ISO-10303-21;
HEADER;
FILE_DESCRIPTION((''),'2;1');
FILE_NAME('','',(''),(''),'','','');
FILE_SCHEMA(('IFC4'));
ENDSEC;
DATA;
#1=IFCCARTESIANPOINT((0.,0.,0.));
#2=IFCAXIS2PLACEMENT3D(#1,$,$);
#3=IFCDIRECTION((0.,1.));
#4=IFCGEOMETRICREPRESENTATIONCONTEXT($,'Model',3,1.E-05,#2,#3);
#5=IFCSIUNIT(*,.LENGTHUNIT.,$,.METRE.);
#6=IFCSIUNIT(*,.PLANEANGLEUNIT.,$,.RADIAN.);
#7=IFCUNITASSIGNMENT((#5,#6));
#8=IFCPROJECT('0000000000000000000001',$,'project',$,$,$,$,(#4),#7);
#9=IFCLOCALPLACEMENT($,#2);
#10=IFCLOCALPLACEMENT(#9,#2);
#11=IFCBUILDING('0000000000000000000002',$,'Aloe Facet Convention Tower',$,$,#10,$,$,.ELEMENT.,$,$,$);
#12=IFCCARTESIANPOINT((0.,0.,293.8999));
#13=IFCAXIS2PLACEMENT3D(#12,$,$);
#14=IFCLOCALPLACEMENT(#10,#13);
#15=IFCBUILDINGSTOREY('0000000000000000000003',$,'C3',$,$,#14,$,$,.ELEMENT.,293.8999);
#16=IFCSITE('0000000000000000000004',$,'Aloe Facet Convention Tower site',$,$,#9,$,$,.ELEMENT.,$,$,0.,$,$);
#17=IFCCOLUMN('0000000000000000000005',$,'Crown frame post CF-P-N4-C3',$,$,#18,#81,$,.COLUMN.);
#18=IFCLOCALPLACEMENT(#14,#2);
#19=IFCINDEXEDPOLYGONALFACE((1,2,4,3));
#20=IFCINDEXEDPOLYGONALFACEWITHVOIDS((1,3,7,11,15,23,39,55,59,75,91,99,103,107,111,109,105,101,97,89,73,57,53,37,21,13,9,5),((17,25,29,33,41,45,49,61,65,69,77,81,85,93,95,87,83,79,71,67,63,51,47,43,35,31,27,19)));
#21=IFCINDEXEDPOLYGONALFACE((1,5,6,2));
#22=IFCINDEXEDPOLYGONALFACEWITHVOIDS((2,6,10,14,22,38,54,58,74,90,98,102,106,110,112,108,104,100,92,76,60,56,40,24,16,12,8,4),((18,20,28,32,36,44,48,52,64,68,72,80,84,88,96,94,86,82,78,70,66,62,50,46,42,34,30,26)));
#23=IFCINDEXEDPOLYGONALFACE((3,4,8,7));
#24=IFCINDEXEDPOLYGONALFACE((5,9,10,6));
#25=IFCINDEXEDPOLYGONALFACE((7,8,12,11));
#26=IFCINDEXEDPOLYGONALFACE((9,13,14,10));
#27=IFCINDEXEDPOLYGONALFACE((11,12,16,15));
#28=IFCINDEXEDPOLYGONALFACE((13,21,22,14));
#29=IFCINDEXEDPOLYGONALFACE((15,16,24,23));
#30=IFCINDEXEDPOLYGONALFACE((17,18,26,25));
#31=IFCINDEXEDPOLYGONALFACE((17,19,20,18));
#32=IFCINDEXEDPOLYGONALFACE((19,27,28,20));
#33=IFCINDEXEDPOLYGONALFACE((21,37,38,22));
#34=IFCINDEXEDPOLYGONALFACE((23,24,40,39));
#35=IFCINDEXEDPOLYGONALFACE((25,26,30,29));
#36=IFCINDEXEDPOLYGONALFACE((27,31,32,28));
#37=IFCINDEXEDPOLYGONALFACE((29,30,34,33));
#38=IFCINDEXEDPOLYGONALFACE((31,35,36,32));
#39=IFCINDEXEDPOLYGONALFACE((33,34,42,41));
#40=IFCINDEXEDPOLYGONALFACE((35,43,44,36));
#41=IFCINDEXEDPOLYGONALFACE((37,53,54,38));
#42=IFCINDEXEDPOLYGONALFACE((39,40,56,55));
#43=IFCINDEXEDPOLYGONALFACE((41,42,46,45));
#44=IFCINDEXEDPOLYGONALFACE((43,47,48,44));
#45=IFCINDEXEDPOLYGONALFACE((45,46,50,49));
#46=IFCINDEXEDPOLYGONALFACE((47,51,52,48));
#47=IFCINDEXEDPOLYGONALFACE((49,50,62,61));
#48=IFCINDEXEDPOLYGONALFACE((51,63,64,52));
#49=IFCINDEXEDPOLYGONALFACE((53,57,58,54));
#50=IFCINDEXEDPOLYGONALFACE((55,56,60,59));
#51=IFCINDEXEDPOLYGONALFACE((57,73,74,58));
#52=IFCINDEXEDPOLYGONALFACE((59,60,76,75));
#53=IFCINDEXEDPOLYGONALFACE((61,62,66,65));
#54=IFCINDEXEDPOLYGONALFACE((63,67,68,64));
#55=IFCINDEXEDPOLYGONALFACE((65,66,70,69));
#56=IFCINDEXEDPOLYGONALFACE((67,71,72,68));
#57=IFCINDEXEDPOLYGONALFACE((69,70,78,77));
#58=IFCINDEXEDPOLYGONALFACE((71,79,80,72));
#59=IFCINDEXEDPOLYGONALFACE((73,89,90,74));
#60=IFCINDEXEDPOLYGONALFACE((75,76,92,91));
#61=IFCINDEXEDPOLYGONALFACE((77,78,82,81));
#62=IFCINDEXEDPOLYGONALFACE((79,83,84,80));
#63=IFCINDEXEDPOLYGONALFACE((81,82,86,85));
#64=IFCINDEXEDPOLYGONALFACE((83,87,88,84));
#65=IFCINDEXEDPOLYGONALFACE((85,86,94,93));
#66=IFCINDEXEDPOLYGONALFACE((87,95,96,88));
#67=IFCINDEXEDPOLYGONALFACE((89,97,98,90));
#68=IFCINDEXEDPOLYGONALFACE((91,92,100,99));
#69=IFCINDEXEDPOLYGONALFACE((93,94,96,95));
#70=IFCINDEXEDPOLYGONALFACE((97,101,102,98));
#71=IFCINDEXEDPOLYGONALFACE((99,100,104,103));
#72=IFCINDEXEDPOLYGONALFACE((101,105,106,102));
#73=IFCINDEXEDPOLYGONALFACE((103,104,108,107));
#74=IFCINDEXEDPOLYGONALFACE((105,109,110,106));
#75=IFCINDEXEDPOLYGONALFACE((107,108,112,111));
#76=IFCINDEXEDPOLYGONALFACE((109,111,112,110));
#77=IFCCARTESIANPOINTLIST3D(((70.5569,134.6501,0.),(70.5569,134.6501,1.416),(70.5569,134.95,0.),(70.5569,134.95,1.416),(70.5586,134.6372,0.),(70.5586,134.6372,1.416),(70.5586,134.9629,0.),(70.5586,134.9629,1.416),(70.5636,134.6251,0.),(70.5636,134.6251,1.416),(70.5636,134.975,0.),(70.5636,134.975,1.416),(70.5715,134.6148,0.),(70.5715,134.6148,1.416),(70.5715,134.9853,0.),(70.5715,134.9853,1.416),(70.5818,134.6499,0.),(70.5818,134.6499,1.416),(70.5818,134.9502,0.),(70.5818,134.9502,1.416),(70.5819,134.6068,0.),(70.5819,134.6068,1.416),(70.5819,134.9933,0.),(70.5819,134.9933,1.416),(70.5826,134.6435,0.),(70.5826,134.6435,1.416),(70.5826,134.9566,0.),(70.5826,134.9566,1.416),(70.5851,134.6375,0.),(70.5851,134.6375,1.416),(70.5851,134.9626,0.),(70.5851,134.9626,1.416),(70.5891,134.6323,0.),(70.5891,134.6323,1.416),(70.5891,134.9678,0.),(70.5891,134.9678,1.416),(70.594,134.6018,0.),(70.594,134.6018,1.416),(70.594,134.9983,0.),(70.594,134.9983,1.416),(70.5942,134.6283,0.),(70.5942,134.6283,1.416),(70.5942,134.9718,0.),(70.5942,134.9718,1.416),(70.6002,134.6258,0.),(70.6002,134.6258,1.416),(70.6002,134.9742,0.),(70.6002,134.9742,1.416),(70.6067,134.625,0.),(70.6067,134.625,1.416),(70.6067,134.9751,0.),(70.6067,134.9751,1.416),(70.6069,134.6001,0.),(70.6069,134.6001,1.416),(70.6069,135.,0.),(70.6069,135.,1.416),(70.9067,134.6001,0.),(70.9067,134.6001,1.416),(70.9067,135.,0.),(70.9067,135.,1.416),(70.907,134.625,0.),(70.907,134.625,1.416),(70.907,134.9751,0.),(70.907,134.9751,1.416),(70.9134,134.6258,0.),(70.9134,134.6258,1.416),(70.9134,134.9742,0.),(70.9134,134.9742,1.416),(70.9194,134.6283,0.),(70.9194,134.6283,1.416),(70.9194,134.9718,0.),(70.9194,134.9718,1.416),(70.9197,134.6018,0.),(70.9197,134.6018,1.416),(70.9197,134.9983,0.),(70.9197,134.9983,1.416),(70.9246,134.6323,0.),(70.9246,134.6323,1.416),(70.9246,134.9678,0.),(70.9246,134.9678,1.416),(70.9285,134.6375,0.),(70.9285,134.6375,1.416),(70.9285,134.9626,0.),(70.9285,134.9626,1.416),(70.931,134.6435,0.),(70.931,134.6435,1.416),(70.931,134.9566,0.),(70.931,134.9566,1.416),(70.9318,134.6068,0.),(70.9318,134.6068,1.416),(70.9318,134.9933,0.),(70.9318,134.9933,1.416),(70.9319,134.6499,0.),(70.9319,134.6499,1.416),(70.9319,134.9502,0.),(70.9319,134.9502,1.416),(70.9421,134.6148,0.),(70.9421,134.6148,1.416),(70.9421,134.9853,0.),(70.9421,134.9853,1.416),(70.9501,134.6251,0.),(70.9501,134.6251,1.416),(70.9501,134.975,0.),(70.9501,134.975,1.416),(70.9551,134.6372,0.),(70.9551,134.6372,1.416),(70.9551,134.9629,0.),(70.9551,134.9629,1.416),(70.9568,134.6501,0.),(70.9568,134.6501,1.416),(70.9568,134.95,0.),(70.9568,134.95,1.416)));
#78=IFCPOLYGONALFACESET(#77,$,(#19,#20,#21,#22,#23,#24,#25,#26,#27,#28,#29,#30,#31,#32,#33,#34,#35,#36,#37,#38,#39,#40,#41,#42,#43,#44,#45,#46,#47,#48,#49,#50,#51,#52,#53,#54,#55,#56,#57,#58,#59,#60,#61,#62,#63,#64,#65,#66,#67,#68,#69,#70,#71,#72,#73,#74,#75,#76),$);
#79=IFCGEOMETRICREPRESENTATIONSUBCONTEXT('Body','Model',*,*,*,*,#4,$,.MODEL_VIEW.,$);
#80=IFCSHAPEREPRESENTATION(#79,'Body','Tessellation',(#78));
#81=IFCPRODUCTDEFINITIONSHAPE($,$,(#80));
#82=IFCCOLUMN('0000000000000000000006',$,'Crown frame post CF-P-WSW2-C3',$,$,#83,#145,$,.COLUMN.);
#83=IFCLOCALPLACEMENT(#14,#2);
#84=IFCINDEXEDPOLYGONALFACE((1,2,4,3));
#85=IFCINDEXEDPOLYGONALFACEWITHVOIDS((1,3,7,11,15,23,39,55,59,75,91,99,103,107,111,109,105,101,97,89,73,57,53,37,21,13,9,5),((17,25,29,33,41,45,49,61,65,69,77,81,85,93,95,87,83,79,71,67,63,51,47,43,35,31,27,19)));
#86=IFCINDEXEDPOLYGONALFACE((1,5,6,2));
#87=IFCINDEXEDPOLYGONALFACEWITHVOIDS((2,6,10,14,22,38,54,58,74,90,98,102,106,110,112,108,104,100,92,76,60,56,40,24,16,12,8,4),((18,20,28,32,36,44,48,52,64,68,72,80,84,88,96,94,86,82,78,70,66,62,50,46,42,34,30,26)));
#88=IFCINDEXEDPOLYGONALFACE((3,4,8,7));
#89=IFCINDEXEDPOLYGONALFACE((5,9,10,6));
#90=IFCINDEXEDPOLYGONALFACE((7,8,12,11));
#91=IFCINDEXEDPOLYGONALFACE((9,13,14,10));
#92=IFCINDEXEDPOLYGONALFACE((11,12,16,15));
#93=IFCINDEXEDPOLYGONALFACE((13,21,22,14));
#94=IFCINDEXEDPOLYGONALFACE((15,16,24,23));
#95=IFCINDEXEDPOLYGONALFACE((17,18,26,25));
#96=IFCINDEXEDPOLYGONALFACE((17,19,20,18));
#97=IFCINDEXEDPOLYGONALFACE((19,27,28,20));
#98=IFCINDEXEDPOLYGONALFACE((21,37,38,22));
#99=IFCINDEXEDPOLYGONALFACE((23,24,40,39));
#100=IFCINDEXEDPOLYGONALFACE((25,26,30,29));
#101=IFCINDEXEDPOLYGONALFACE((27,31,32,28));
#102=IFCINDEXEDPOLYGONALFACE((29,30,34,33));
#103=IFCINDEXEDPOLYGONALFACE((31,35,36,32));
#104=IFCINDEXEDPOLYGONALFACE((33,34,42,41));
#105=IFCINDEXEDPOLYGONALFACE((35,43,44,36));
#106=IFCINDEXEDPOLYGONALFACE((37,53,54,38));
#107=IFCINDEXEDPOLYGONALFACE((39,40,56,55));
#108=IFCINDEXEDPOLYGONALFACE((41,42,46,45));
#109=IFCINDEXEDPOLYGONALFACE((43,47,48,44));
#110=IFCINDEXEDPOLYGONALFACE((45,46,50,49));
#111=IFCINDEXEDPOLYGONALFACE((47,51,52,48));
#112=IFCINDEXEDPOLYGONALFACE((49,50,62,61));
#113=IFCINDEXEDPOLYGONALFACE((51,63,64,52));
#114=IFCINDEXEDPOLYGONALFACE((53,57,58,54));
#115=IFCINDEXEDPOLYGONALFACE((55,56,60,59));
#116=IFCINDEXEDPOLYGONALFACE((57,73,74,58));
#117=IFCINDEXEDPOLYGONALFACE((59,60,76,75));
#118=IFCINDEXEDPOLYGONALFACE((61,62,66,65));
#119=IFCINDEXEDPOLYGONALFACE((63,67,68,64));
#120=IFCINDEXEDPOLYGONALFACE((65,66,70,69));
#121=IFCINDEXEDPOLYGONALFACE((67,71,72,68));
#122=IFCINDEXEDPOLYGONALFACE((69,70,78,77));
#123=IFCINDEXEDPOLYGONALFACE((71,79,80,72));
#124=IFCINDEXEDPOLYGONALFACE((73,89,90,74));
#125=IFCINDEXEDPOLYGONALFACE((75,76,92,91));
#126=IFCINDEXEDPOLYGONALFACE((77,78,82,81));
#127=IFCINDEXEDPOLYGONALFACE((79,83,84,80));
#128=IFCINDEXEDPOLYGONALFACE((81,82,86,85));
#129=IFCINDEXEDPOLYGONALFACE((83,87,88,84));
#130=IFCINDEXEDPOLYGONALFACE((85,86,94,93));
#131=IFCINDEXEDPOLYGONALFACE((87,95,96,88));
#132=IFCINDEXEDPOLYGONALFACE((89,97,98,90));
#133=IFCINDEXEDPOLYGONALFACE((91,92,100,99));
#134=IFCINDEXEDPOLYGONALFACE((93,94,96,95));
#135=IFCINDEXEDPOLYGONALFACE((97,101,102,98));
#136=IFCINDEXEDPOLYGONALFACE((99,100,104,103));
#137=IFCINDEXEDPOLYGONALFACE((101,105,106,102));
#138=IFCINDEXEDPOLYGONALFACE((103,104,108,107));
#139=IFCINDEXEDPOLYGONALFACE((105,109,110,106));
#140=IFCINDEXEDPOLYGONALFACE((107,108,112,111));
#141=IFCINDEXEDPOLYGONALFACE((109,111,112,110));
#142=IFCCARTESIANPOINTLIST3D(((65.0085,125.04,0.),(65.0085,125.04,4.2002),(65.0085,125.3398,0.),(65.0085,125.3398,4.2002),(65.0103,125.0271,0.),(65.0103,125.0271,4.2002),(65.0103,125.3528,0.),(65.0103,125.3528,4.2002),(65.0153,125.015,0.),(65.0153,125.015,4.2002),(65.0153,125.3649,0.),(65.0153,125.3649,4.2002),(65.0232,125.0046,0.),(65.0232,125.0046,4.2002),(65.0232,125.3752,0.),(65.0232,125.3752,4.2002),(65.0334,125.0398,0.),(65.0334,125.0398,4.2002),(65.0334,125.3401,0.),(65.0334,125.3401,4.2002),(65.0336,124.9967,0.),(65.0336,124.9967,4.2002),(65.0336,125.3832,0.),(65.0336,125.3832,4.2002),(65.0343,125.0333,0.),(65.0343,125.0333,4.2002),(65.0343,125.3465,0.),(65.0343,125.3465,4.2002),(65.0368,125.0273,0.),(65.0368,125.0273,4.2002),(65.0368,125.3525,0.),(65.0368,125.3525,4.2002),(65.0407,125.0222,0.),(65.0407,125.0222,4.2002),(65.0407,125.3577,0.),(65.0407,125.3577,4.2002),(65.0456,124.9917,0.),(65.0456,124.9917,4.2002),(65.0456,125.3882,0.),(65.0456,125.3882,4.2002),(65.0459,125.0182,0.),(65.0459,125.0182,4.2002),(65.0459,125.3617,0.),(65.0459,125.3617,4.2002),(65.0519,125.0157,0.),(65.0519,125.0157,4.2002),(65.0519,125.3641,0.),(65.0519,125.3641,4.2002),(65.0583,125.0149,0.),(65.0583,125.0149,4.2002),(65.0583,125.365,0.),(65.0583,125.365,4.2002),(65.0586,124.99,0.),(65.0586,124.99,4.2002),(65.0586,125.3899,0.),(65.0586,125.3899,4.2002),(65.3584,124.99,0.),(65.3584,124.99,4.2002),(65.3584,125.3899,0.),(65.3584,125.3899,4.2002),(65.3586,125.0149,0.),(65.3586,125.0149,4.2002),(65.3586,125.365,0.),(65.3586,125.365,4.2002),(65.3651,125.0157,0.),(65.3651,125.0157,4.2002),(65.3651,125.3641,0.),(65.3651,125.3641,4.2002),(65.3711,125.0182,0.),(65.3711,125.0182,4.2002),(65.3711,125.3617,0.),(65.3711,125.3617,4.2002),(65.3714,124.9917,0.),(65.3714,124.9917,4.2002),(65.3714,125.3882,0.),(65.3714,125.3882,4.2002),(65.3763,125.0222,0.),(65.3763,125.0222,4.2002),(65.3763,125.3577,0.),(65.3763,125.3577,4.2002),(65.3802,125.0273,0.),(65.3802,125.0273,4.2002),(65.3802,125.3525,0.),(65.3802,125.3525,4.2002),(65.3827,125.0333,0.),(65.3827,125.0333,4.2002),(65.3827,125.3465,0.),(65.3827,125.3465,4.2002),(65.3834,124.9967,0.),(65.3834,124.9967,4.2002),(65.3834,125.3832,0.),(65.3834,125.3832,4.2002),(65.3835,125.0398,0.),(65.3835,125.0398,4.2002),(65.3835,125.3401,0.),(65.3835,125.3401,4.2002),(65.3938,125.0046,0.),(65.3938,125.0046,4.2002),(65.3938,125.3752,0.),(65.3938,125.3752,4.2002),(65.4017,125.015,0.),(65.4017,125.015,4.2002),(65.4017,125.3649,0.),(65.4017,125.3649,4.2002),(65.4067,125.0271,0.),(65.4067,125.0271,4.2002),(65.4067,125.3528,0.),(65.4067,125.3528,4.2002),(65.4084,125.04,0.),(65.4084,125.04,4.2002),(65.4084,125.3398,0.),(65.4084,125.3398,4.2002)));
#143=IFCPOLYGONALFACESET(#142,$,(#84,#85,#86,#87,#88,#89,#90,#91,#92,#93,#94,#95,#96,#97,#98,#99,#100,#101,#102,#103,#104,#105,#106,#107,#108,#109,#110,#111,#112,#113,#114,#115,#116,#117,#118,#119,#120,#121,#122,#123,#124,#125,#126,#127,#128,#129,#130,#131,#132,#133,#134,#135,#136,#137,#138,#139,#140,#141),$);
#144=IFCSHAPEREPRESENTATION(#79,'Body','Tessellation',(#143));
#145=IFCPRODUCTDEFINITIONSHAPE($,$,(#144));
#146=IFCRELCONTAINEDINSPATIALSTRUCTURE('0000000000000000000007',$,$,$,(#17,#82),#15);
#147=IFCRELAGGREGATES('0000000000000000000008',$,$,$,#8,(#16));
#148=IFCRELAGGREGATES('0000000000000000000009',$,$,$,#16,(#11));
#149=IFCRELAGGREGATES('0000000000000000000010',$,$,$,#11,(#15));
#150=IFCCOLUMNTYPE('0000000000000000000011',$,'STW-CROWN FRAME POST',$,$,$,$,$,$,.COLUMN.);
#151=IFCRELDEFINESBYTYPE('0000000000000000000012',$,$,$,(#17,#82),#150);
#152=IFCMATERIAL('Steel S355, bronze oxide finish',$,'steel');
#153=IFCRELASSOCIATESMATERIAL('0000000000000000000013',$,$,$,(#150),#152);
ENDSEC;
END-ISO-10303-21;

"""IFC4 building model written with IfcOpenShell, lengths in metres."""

from ifc_helpers import new_model, si_unit, direction, frame, origin, origin_2d, place, context, subcontext, project, spatial, hollow_rectangle, extrude, material, material_profile, profile_set, type_object, element, save


model = new_model("IFC4")

# Units and contexts
model_context = context("Model", 3, precision=1e-05, world=origin(), true_north=direction((0.0, 1.0)))
body_context = subcontext(model_context, "Body", "Model", "MODEL_VIEW")
ifc_project = project(units=[si_unit("LENGTHUNIT", "METRE"), si_unit("PLANEANGLEUNIT", "RADIAN")], contexts=[model_context])

# Site, building, storey
site_placement = place(None, origin())
site = spatial("IfcSite", under=ifc_project, at=site_placement, Name="Aloe Facet Convention Tower site", CompositionType="ELEMENT", RefElevation=0.0)
building_placement = place(site_placement, origin())
building = spatial("IfcBuilding", under=site, at=building_placement, Name="Aloe Facet Convention Tower", CompositionType="ELEMENT")
storey_placement = place(building_placement, frame((0.0, 0.0, 293.8999)))
storey = spatial("IfcBuildingStorey", under=building, at=storey_placement, Name="C3", CompositionType="ELEMENT", Elevation=293.8999)

# Columns
ifc_material_1 = material(Name="Steel S355, bronze oxide finish", Category="steel")
ifc_material_profile_1 = material_profile(ifc_material_1, hollow_rectangle(XDim=0.3999, YDim=0.3999, WallThickness=0.0249, InnerFilletRadius=0.0249, OuterFilletRadius=0.05, at=origin_2d()), Name="SHS 400x400x25")
ifc_profile_set_1 = profile_set([ifc_material_profile_1], Name="Steel S355, bronze oxide finish")
column_type = type_object("IfcColumnType", Name="STW-CROWN FRAME POST", PredefinedType="COLUMN", material=ifc_profile_set_1)
column_1_placement = place(storey_placement, frame((70.7568, 134.8, 0.0), z_axis=(0.0, 0.0, 1.0), x_axis=(1.0, 0.0, 0.0)))
element("IfcColumn", 1, at=column_1_placement, inside=storey, type_object=column_type, Name="Crown frame post CF-P-N4-C3", PredefinedType="COLUMN", context=body_context, shape_type="SweptSolid", body=[
    extrude(hollow_rectangle(XDim=0.3999, YDim=0.3999, WallThickness=0.0249, InnerFilletRadius=0.0249, OuterFilletRadius=0.05, at=origin_2d()), origin(), (0.0, 0.0, 1.0), 1.416),
])
column_2_placement = place(storey_placement, frame((65.2085, 125.1899, 0.0), z_axis=(0.0, 0.0, 1.0), x_axis=(1.0, 0.0, 0.0)))
element("IfcColumn", 2, at=column_2_placement, inside=storey, type_object=column_type, Name="Crown frame post CF-P-WSW2-C3", PredefinedType="COLUMN", context=body_context, shape_type="SweptSolid", body=[
    extrude(hollow_rectangle(XDim=0.3999, YDim=0.3999, WallThickness=0.0249, InnerFilletRadius=0.0249, OuterFilletRadius=0.05, at=origin_2d()), origin(), (0.0, 0.0, 1.0), 4.2002),
])

save(model, "model.ifc")
